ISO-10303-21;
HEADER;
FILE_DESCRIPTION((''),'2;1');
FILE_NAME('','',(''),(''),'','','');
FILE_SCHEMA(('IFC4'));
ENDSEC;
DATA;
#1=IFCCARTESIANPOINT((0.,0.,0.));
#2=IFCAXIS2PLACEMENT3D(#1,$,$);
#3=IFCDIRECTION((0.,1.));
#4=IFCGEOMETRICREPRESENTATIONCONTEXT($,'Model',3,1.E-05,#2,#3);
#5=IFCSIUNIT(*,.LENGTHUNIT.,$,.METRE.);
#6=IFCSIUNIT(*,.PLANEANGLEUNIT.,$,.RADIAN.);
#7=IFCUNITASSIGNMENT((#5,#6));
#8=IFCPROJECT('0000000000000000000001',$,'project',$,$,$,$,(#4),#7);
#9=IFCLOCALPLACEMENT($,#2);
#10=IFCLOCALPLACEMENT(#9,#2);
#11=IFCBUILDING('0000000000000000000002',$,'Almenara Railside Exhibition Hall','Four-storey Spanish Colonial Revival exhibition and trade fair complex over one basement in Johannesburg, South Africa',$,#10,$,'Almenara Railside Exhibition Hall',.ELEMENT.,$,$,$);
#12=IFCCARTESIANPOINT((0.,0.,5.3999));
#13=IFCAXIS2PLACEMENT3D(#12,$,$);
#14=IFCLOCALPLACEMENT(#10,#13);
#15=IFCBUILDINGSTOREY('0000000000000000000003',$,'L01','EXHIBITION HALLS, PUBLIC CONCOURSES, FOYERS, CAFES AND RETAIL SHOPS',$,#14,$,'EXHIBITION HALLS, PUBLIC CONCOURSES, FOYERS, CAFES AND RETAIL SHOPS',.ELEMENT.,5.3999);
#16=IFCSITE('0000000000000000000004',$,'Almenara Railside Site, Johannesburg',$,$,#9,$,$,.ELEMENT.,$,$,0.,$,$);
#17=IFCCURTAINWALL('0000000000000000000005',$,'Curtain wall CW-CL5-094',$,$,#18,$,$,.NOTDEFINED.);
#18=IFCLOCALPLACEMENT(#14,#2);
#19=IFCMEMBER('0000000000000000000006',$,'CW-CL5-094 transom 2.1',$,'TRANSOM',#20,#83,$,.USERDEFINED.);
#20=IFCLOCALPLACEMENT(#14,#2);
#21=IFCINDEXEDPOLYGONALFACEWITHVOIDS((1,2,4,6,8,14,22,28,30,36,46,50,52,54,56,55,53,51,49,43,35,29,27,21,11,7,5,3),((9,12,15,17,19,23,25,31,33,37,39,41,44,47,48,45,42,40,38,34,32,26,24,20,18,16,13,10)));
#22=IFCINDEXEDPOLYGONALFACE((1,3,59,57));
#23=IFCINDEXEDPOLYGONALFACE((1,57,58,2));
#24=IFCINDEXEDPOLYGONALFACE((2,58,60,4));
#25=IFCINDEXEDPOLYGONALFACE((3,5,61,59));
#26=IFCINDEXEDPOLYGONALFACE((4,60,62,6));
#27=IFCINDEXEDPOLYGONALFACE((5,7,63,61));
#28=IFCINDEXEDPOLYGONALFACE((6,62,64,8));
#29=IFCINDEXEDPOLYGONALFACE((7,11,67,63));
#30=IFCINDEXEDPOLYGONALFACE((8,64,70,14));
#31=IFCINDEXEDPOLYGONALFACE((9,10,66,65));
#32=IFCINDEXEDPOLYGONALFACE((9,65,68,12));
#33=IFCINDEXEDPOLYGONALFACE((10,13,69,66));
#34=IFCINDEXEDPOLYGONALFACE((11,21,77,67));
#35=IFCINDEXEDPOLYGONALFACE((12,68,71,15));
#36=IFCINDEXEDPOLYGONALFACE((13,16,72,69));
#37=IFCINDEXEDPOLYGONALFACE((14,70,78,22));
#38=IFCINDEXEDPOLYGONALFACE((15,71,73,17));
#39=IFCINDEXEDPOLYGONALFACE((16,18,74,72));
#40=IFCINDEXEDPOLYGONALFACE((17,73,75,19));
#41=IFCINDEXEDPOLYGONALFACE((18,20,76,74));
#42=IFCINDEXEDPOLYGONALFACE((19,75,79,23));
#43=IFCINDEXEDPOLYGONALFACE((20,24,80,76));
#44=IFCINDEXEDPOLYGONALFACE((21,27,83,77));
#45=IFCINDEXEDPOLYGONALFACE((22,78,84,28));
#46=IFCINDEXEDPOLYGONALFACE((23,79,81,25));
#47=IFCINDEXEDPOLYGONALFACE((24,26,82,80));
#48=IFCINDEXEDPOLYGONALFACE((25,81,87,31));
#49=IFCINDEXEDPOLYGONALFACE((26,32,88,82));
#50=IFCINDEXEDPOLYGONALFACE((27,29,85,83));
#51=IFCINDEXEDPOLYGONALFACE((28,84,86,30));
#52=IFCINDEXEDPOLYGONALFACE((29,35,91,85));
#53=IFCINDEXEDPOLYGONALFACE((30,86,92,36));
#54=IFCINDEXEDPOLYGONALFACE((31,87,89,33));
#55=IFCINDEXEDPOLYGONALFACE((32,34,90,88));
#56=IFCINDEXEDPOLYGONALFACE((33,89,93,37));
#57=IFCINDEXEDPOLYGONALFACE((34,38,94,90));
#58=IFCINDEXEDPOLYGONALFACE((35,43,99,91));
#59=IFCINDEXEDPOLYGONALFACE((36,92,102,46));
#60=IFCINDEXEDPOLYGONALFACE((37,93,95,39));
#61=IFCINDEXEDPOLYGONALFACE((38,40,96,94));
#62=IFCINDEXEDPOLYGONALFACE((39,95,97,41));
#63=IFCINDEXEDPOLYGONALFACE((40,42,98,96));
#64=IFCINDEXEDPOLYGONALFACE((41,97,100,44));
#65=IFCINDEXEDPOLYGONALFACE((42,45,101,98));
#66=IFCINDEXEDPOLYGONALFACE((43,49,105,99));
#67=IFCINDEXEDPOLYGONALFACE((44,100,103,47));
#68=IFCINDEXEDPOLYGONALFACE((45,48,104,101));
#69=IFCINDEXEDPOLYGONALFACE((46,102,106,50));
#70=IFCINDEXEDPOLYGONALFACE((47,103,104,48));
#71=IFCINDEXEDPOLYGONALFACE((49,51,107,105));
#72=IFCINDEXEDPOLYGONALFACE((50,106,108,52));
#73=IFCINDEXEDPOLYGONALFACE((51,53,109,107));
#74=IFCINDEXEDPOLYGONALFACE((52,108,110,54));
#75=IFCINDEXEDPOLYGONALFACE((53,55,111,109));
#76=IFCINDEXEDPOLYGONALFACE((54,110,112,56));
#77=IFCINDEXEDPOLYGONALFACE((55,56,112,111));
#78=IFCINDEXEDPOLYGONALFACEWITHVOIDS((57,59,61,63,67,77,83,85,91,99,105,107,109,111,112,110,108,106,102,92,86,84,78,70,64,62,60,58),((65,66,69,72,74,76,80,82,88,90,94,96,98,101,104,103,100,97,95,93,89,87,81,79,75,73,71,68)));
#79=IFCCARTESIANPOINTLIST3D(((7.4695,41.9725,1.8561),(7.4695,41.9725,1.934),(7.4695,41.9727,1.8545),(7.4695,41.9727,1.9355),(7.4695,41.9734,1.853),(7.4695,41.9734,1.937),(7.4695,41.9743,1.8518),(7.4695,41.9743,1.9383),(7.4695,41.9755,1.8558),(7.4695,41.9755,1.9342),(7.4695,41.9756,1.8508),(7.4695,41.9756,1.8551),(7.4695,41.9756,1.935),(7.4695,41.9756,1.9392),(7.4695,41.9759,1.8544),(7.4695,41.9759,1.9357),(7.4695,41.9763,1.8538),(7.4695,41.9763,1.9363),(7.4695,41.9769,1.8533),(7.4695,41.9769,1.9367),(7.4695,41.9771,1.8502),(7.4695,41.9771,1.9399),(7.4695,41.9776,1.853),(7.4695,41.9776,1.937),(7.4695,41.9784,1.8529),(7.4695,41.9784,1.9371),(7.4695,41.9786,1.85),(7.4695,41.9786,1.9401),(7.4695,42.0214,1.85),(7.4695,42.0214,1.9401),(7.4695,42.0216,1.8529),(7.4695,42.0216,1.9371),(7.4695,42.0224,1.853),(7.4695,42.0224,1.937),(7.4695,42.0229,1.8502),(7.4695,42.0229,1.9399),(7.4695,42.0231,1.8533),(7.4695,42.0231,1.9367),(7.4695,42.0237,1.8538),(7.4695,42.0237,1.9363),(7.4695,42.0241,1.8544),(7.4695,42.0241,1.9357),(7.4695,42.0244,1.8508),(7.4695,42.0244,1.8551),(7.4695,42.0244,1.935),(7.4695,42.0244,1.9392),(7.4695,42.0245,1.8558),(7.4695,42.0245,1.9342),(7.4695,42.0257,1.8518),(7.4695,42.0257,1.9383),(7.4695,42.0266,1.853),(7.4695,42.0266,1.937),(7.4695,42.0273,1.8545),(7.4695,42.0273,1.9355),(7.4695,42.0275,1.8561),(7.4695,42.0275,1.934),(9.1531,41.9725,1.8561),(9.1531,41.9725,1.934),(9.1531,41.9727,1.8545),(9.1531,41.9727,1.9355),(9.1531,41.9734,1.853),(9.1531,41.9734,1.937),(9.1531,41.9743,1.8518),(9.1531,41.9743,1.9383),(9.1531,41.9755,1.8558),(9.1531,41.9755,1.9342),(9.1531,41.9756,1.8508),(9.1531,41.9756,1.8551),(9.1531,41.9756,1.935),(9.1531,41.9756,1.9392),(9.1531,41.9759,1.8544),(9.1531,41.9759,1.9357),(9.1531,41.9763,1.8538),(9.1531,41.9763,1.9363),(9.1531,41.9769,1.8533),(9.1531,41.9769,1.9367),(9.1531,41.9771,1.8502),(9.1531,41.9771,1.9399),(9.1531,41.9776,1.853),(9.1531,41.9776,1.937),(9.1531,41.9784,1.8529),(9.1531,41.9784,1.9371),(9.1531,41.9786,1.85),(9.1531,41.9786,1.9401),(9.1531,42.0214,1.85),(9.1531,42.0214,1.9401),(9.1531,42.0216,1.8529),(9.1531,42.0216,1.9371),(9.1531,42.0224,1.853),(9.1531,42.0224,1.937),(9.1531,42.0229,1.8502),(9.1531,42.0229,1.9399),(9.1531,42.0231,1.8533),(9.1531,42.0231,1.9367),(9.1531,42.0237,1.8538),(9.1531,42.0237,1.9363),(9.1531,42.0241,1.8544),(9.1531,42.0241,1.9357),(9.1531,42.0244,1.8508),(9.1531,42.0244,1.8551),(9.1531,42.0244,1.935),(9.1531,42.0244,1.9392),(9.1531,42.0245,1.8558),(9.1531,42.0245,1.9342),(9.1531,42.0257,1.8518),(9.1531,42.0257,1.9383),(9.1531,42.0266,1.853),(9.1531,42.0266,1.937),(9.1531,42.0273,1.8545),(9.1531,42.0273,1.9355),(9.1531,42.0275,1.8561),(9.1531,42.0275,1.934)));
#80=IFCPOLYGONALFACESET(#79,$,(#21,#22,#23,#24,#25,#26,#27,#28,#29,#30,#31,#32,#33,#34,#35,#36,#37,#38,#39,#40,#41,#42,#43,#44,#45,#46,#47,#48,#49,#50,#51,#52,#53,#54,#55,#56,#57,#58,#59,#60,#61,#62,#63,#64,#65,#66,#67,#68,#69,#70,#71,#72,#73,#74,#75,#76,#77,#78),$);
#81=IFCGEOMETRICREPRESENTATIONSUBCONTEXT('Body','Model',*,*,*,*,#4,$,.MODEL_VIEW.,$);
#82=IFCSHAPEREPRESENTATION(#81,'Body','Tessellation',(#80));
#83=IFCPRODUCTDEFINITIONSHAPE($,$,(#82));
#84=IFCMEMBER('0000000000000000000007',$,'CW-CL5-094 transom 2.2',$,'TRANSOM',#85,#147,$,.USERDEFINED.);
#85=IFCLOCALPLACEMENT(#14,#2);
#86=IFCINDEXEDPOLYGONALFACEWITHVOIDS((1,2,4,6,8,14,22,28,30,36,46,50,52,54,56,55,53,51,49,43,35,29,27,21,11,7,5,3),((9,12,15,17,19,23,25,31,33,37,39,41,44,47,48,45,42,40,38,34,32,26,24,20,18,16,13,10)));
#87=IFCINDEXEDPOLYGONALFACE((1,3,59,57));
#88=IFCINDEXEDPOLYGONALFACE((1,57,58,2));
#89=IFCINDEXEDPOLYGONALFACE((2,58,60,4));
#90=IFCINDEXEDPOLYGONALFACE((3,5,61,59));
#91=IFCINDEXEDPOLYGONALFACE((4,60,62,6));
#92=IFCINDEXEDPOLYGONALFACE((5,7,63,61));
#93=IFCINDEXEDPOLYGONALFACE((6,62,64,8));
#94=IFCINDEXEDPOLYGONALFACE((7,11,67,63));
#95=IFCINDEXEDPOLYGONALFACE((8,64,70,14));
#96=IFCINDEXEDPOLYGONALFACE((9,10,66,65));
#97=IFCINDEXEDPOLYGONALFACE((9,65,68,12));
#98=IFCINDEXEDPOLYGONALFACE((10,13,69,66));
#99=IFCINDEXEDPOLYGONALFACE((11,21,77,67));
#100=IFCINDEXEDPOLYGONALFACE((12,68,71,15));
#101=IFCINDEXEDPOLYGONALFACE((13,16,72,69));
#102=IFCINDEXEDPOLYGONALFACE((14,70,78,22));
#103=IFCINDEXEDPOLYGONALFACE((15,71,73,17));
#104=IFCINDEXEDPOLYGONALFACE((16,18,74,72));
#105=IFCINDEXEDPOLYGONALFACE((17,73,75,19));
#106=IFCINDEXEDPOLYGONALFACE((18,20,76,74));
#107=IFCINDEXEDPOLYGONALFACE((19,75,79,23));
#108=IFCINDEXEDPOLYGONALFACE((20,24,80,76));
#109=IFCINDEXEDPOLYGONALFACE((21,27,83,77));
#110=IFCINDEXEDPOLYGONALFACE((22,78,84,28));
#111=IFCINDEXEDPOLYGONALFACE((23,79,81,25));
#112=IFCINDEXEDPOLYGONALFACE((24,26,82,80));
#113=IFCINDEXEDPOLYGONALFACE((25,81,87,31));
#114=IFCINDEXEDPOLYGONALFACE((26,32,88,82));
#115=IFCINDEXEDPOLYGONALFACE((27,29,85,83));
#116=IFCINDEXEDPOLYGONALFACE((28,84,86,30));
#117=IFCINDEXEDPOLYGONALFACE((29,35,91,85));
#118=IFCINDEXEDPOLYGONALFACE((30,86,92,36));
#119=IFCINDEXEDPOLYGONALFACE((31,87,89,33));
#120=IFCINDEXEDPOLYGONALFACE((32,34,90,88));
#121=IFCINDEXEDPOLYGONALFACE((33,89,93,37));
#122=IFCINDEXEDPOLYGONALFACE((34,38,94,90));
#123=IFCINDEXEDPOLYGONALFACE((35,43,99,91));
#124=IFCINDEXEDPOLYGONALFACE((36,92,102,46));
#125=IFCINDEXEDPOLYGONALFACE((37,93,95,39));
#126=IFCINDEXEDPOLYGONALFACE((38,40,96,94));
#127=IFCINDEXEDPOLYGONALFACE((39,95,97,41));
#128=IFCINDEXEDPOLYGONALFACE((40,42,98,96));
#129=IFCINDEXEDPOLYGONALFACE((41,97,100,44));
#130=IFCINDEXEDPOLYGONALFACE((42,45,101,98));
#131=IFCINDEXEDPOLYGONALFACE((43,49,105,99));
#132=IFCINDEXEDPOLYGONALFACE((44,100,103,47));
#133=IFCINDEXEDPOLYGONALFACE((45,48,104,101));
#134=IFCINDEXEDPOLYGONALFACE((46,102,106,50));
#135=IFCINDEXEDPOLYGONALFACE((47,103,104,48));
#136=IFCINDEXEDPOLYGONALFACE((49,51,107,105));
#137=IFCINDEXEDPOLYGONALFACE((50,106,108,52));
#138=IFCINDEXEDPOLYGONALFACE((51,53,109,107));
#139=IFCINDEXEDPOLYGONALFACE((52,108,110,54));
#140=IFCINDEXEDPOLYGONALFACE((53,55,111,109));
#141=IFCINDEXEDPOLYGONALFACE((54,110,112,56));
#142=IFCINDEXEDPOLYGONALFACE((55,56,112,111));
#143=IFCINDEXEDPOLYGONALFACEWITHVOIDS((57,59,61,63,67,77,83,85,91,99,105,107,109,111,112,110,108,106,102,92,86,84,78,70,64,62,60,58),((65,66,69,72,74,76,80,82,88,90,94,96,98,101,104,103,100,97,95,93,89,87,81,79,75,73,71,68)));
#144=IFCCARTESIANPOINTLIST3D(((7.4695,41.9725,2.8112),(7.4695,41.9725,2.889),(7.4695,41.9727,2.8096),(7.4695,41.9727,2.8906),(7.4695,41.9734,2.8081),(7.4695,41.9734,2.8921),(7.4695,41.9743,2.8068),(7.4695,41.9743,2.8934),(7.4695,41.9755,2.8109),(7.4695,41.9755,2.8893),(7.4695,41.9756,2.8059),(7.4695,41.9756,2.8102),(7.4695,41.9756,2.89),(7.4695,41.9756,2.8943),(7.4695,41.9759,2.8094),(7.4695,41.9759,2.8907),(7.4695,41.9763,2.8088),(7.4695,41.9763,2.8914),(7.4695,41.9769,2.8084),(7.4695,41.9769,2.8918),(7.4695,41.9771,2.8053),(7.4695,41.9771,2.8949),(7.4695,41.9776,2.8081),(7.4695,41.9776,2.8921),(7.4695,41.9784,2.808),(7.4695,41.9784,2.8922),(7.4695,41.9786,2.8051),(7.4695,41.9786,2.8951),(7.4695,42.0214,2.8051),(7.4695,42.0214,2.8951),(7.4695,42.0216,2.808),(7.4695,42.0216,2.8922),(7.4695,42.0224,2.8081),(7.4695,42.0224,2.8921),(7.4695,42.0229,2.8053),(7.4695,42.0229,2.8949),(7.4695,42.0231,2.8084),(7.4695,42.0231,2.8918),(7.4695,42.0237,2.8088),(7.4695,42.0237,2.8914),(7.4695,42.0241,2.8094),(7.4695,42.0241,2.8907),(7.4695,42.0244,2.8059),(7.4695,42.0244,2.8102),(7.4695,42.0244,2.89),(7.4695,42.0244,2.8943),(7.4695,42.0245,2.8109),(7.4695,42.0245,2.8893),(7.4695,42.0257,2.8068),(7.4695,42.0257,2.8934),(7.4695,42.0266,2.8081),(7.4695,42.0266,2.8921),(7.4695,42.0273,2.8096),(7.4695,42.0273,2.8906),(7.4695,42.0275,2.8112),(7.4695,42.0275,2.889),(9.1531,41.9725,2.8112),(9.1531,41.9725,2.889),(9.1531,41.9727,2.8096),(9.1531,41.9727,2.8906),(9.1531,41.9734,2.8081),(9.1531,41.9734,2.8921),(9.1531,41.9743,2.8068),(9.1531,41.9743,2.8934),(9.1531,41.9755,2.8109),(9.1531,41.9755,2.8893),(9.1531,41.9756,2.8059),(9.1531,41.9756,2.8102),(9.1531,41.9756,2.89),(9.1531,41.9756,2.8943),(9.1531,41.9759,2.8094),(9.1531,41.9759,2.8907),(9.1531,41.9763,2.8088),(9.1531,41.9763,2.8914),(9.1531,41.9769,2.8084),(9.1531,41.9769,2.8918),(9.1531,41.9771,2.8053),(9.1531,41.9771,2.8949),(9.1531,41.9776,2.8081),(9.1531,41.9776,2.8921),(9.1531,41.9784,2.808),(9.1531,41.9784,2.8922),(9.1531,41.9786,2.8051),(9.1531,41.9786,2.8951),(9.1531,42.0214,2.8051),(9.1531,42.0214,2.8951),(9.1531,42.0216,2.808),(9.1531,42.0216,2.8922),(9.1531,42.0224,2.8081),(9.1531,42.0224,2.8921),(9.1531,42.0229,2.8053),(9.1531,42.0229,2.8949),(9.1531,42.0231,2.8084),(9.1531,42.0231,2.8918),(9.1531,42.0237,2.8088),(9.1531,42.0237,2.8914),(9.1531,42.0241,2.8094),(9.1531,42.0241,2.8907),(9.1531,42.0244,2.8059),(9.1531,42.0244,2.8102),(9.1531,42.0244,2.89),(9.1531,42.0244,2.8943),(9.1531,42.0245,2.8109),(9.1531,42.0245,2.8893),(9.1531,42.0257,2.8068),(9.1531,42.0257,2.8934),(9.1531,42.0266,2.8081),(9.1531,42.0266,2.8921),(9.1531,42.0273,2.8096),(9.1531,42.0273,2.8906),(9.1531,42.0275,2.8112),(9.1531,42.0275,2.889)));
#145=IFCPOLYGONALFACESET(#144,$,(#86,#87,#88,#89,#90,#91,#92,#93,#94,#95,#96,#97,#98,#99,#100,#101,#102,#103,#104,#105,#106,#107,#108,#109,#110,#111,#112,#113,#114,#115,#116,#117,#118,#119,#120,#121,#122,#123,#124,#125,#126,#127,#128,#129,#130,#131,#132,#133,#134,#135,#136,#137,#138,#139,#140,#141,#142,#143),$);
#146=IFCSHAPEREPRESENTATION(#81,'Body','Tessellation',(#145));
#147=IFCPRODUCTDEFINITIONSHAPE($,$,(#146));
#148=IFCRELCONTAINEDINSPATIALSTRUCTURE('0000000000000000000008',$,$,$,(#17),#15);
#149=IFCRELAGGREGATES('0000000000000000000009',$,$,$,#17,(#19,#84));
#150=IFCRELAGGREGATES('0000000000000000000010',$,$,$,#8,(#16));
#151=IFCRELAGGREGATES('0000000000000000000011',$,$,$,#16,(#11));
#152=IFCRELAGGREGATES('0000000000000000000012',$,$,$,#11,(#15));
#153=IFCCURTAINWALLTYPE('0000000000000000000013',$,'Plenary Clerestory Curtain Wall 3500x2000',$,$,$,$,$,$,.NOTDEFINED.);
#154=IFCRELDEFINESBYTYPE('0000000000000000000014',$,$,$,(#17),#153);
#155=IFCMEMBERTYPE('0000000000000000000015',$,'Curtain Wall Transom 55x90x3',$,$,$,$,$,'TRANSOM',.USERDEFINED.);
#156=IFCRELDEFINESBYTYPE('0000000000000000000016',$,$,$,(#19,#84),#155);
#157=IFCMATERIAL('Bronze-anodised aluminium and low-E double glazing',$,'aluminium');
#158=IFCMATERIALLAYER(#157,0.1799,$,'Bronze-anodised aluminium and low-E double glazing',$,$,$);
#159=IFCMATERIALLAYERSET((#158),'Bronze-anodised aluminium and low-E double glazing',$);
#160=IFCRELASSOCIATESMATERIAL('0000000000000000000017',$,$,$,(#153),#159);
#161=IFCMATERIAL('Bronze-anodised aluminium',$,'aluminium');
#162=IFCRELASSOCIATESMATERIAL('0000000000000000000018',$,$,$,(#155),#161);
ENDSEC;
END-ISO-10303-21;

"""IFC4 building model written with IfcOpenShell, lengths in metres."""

from ifc_helpers import new_model, si_unit, direction, frame, origin, origin_2d, place, context, subcontext, project, spatial, hollow_rectangle, extrude, material, layer, layer_set, material_profile, profile_set, type_object, element, aggregate, save


model = new_model("IFC4")

# Units and contexts
model_context = context("Model", 3, precision=1e-05, world=origin(), true_north=direction((0.0, 1.0)))
body_context = subcontext(model_context, "Body", "Model", "MODEL_VIEW")
ifc_project = project(units=[si_unit("LENGTHUNIT", "METRE"), si_unit("PLANEANGLEUNIT", "RADIAN")], contexts=[model_context])

# Site, building, storey
site_placement = place(None, origin())
site = spatial("IfcSite", under=ifc_project, at=site_placement, Name="Almenara Railside Site, Johannesburg", CompositionType="ELEMENT", RefElevation=0.0)
building_placement = place(site_placement, origin())
building = spatial("IfcBuilding", under=site, at=building_placement, Name="Almenara Railside Exhibition Hall", Description="Four-storey Spanish Colonial Revival exhibition and trade fair complex over one basement in Johannesburg, South Africa", LongName="Almenara Railside Exhibition Hall", CompositionType="ELEMENT")
storey_placement = place(building_placement, frame((0.0, 0.0, 5.3999)))
storey = spatial("IfcBuildingStorey", under=building, at=storey_placement, Name="L01", Description="EXHIBITION HALLS, PUBLIC CONCOURSES, FOYERS, CAFES AND RETAIL SHOPS", LongName="EXHIBITION HALLS, PUBLIC CONCOURSES, FOYERS, CAFES AND RETAIL SHOPS", CompositionType="ELEMENT", Elevation=5.3999)

# Curtain wall
ifc_material_1 = material(Name="Bronze-anodised aluminium and low-E double glazing", Category="aluminium")
ifc_layer_1 = layer(ifc_material_1, 0.1799, Name="Bronze-anodised aluminium and low-E double glazing")
ifc_layer_set_1 = layer_set([ifc_layer_1], Name="Bronze-anodised aluminium and low-E double glazing")
curtain_wall_type_1 = type_object("IfcCurtainWallType", Name="Plenary Clerestory Curtain Wall 3500x2000", PredefinedType="NOTDEFINED", material=ifc_layer_set_1)
curtain_wall_1_placement = place(storey_placement, origin())
curtain_wall_1 = element("IfcCurtainWall", 1, at=curtain_wall_1_placement, inside=storey, type_object=curtain_wall_type_1, Name="Curtain wall CW-CL5-094", PredefinedType="NOTDEFINED")
ifc_material_2 = material(Name="Bronze-anodised aluminium", Category="aluminium")

# Members
ifc_material_profile_1 = material_profile(ifc_material_2, hollow_rectangle(XDim=0.0549, YDim=0.0901, WallThickness=0.0029, InnerFilletRadius=0.0029, OuterFilletRadius=0.0061, at=origin_2d()), Name="ALU-TRN 55x90x3")
ifc_profile_set_1 = profile_set([ifc_material_profile_1], Name="Bronze-anodised aluminium")
member_type_1 = type_object("IfcMemberType", Name="Curtain Wall Transom 55x90x3", ElementType="TRANSOM", PredefinedType="USERDEFINED", material=ifc_profile_set_1)
member_1_placement = place(storey_placement, frame((7.4695, 42.0, 1.895), z_axis=(1.0, 0.0, 0.0), x_axis=(0.0, 1.0, 0.0)))
member_1 = element("IfcMember", 2, at=member_1_placement, type_object=member_type_1, Name="CW-CL5-094 transom 2.1", ObjectType="TRANSOM", PredefinedType="USERDEFINED", context=body_context, shape_type="SweptSolid", body=[
    extrude(hollow_rectangle(XDim=0.0549, YDim=0.0901, WallThickness=0.0029, InnerFilletRadius=0.0029, OuterFilletRadius=0.0061, at=origin_2d()), origin(), (0.0, 0.0, 1.0), 1.6836),
])
member_2_placement = place(storey_placement, frame((7.4695, 42.0, 2.8501), z_axis=(1.0, 0.0, 0.0), x_axis=(0.0, 1.0, 0.0)))
member_2 = element("IfcMember", 3, at=member_2_placement, type_object=member_type_1, Name="CW-CL5-094 transom 2.2", ObjectType="TRANSOM", PredefinedType="USERDEFINED", context=body_context, shape_type="SweptSolid", body=[
    extrude(hollow_rectangle(XDim=0.0549, YDim=0.0901, WallThickness=0.0029, InnerFilletRadius=0.0029, OuterFilletRadius=0.0061, at=origin_2d()), origin(), (0.0, 0.0, 1.0), 1.6836),
])

aggregate(curtain_wall_1, [member_1, member_2])

save(model, "model.ifc")
